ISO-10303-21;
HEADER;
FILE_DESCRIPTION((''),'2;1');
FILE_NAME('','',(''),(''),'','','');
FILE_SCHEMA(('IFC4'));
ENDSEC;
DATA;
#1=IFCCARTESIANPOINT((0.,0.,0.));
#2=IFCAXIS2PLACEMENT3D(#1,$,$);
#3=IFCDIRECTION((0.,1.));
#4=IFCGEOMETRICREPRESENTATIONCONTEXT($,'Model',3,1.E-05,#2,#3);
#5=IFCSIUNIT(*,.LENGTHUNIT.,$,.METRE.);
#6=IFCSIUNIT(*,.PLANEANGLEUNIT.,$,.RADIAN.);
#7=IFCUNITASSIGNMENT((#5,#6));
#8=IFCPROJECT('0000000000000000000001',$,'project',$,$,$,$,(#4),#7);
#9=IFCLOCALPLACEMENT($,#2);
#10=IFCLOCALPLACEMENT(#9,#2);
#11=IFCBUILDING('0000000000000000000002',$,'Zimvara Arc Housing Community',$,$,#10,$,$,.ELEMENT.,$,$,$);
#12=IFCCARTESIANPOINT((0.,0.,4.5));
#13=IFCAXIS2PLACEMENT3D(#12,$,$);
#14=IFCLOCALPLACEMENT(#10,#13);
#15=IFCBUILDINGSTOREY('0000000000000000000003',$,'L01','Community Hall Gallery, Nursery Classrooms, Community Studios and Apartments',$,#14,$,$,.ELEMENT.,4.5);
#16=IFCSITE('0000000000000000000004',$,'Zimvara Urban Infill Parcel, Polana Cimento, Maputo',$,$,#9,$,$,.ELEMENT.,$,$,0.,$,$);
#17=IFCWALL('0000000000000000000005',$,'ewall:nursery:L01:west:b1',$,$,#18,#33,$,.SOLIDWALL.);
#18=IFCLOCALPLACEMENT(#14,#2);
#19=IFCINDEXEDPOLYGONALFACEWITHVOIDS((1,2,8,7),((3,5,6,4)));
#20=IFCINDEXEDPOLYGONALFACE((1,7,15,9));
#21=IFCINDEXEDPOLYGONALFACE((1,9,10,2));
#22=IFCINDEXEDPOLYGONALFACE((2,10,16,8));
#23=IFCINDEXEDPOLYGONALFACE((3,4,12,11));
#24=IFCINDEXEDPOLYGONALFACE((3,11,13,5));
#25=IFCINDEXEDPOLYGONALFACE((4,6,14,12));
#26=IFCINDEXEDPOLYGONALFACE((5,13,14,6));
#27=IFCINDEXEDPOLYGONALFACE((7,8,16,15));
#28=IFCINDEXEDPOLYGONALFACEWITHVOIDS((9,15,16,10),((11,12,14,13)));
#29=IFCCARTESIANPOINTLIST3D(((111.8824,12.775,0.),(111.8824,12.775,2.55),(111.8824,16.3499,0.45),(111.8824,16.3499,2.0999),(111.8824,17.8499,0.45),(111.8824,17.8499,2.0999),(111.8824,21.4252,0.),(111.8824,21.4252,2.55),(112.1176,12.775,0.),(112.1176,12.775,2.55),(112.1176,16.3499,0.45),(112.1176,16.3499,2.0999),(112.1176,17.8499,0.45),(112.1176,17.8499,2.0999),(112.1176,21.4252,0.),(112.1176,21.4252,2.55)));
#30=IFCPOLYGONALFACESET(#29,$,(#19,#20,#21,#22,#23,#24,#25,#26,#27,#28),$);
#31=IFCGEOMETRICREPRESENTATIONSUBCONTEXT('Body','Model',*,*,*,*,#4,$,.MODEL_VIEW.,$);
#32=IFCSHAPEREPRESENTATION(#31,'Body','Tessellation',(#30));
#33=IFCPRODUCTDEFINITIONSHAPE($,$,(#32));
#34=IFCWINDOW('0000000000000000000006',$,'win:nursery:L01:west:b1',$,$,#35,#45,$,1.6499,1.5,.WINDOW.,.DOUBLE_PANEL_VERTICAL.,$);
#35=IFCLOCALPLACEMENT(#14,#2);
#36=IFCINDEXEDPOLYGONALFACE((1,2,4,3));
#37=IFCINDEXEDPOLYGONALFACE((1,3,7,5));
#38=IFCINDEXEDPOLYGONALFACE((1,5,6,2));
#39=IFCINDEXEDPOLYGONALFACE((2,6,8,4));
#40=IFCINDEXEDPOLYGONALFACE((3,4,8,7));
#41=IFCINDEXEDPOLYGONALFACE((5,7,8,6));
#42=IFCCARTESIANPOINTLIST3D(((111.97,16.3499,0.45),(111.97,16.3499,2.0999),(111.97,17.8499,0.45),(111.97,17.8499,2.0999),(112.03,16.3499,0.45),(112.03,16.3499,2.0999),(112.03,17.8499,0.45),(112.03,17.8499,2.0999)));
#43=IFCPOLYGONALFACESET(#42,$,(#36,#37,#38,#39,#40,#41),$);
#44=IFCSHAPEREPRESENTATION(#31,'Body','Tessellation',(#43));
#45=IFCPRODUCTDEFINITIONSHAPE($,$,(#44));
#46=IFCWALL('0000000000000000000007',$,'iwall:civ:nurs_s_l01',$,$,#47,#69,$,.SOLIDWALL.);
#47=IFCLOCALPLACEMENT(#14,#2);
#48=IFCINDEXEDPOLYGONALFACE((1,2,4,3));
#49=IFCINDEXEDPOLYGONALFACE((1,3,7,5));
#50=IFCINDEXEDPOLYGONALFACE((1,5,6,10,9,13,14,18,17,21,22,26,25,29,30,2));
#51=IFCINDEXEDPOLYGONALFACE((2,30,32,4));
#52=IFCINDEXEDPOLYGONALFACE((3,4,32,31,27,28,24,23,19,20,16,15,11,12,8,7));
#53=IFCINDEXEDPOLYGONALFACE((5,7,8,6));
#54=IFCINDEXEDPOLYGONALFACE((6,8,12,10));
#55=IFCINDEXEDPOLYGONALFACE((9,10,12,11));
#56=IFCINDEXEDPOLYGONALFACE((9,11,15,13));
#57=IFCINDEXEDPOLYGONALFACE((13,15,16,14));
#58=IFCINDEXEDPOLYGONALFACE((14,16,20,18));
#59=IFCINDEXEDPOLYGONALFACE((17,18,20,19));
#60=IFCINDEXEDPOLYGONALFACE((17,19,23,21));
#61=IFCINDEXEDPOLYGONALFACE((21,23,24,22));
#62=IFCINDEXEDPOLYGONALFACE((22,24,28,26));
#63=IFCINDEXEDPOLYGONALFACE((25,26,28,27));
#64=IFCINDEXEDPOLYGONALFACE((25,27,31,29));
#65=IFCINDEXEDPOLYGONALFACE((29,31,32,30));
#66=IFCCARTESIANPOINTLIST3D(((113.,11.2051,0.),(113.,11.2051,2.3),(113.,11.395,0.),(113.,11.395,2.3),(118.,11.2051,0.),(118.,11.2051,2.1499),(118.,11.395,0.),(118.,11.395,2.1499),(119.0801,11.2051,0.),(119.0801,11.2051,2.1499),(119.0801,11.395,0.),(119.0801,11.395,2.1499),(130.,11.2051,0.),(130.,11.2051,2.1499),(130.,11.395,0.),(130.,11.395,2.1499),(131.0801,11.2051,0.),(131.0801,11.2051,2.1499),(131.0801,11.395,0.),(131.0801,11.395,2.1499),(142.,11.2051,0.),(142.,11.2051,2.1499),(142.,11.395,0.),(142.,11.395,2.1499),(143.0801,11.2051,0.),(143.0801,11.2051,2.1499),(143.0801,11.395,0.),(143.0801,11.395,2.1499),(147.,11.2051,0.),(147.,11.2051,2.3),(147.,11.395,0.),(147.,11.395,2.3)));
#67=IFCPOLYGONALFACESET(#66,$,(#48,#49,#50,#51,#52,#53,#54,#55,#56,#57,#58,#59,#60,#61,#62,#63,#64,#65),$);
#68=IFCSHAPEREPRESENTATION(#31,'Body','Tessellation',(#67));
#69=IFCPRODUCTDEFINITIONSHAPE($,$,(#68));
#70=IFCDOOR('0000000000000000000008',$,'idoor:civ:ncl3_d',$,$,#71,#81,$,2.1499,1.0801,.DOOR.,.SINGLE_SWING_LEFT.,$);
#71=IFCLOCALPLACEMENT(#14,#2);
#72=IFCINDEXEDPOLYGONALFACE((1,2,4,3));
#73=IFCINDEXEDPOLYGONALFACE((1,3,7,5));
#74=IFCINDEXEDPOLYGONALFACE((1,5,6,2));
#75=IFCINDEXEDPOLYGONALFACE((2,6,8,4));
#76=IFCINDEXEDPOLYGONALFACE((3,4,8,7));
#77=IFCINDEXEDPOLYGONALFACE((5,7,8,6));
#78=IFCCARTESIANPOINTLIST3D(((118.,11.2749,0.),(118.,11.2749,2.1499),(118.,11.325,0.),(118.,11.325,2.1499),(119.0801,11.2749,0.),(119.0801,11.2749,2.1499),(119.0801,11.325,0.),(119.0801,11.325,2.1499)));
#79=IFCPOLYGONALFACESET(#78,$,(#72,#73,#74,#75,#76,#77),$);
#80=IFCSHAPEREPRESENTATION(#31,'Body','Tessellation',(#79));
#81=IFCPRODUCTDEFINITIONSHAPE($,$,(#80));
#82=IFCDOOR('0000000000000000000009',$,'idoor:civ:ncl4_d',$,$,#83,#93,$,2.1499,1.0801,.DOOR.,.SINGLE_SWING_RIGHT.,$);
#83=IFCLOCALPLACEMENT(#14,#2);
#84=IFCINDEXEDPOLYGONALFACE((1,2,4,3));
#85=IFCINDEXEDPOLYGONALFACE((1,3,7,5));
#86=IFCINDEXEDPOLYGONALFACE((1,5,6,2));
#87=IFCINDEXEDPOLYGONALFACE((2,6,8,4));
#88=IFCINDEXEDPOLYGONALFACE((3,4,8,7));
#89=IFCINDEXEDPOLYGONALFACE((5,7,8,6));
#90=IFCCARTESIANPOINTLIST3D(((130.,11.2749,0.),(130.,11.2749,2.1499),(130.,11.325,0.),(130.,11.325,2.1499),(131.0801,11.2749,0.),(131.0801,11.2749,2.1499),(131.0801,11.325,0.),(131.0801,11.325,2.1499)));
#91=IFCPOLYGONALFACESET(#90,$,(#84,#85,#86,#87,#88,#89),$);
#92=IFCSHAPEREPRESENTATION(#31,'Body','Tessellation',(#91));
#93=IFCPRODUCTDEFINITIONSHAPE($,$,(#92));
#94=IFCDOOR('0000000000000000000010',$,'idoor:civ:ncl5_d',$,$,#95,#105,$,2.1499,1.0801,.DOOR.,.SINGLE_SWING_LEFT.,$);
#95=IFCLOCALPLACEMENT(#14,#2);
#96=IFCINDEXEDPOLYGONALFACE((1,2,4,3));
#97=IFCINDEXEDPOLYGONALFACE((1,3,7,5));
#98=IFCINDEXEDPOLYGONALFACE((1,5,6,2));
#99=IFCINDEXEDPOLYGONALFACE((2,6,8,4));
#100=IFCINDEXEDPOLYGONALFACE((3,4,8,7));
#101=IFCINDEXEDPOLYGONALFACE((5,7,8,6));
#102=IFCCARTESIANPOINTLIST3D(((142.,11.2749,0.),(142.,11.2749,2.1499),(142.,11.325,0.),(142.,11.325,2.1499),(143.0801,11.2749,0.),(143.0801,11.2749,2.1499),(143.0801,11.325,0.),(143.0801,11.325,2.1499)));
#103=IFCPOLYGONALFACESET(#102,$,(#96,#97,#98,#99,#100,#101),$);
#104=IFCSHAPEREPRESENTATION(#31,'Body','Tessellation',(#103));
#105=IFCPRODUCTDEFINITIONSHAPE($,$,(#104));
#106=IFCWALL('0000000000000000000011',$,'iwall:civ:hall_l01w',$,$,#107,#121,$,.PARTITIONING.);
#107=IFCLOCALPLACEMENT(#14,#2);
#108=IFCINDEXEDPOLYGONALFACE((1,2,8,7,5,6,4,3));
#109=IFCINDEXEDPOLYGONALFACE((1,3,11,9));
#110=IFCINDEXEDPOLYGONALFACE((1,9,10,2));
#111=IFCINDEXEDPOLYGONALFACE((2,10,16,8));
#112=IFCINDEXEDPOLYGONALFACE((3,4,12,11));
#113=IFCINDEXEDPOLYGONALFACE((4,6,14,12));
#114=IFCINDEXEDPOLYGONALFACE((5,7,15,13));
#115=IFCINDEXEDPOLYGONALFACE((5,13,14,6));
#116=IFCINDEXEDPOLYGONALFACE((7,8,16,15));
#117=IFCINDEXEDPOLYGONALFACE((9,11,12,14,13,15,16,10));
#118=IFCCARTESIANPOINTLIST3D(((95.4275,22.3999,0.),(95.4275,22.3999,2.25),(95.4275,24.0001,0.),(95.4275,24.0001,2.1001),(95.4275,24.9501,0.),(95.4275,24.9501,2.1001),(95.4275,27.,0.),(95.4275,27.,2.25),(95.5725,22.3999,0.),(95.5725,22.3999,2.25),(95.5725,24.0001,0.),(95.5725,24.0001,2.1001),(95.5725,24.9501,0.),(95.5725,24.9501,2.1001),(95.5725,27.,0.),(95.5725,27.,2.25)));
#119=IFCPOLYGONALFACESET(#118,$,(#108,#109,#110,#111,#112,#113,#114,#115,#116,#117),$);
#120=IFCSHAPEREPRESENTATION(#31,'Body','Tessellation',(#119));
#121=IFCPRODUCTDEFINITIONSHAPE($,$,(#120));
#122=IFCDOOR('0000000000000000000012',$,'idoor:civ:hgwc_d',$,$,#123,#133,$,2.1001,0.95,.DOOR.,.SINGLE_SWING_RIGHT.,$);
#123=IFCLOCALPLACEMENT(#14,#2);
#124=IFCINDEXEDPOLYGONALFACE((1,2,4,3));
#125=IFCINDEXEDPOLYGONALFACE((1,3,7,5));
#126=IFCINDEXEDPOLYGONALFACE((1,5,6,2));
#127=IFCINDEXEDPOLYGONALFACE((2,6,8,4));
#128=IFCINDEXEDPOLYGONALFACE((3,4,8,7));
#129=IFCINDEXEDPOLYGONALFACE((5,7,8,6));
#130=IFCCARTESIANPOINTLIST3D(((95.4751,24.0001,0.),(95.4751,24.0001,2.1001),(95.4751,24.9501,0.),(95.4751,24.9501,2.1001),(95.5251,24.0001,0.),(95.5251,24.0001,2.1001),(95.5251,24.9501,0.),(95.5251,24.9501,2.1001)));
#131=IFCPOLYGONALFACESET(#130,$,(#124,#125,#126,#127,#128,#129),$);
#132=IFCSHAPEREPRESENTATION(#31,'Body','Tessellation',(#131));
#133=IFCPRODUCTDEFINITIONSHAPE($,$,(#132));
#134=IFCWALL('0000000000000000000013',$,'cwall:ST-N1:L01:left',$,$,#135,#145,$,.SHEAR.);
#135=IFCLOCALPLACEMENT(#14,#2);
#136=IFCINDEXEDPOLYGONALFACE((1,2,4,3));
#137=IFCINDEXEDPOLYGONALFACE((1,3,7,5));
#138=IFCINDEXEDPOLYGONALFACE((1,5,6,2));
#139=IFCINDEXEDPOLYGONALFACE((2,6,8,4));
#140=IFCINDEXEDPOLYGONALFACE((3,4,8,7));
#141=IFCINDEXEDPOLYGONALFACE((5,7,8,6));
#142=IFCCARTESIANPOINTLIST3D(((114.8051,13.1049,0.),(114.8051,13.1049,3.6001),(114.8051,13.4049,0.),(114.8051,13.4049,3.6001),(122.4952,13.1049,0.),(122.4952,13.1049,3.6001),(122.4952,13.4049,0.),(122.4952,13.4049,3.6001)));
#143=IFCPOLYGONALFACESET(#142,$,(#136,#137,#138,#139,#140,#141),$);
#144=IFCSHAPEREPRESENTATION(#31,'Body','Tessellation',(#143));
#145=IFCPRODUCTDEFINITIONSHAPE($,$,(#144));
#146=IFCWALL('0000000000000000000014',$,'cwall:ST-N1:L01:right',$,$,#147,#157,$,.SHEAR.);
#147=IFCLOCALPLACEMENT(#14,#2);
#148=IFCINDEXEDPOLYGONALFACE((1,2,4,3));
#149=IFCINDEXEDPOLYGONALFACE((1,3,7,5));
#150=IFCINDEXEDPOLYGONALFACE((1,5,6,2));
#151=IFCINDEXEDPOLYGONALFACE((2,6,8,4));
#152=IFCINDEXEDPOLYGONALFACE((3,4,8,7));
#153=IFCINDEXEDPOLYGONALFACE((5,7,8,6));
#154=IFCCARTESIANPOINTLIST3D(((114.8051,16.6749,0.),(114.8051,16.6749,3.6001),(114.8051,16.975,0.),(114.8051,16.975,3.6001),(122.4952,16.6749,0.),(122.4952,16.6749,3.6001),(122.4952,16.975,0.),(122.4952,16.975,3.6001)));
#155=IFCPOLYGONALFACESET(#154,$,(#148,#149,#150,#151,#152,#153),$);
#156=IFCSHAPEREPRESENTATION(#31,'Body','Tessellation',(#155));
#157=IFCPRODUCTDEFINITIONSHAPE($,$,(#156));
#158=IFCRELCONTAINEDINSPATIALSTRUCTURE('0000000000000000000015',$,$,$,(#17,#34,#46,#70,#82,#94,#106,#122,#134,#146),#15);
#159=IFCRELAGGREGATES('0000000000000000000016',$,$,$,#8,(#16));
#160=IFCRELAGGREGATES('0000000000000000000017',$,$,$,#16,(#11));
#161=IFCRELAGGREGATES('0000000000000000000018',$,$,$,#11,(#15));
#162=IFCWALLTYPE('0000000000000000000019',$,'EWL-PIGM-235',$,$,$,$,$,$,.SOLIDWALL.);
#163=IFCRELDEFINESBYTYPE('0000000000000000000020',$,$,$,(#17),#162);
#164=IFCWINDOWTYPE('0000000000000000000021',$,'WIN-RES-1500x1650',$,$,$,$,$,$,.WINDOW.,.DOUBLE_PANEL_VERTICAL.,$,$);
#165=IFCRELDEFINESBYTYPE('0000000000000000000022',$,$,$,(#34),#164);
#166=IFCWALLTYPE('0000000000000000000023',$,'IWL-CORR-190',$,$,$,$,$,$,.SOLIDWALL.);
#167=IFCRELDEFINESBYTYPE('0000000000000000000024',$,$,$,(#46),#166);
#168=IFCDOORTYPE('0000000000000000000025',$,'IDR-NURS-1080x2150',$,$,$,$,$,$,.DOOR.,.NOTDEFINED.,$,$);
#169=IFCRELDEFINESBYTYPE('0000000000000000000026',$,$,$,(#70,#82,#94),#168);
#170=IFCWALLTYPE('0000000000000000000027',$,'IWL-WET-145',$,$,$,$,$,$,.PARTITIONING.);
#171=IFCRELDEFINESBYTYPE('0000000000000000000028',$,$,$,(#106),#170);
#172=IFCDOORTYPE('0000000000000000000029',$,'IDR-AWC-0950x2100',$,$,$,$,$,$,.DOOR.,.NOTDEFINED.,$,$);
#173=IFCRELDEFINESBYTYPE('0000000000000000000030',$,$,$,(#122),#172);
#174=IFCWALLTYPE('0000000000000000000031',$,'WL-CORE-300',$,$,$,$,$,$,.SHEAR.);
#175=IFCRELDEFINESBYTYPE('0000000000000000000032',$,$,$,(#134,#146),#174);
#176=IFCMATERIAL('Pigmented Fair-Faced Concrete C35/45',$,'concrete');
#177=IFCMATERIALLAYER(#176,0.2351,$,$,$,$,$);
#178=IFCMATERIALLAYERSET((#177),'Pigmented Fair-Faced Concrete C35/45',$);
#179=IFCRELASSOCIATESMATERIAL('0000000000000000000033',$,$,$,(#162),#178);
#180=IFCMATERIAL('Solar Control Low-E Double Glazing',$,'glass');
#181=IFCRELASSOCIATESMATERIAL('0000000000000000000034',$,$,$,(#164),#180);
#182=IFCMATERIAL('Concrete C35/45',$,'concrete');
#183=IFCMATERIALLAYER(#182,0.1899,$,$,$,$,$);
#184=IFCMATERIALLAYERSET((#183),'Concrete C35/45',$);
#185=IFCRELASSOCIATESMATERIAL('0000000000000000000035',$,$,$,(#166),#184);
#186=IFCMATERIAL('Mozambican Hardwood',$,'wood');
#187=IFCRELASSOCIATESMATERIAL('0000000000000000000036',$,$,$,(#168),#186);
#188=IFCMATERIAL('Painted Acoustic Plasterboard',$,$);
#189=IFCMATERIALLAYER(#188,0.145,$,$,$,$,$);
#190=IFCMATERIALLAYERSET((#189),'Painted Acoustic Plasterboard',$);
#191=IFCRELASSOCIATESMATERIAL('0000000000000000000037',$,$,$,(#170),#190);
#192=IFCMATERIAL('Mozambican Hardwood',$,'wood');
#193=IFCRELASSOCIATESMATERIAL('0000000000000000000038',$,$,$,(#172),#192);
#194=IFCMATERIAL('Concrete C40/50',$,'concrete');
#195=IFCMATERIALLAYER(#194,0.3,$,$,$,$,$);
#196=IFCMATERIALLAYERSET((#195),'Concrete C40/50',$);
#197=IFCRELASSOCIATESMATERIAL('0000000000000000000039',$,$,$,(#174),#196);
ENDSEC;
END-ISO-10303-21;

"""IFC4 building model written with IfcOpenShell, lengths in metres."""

from ifc_helpers import new_model, si_unit, direction, frame, frame_2d, origin, place, context, subcontext, project, spatial, rectangle, extrude, material, layer, layer_set, type_object, element, fill, save


model = new_model("IFC4")

# Units and contexts
model_context = context("Model", 3, precision=1e-05, world=origin(), true_north=direction((0.0, 1.0)))
body_context = subcontext(model_context, "Body", "Model", "MODEL_VIEW")
ifc_project = project(units=[si_unit("LENGTHUNIT", "METRE"), si_unit("PLANEANGLEUNIT", "RADIAN")], contexts=[model_context])

# Site, building, storey
site_placement = place(None, origin())
site = spatial("IfcSite", under=ifc_project, at=site_placement, Name="Zimvara Urban Infill Parcel, Polana Cimento, Maputo", CompositionType="ELEMENT", RefElevation=0.0)
building_placement = place(site_placement, origin())
building = spatial("IfcBuilding", under=site, at=building_placement, Name="Zimvara Arc Housing Community", CompositionType="ELEMENT")
storey_placement = place(building_placement, frame((0.0, 0.0, 4.5)))
storey = spatial("IfcBuildingStorey", under=building, at=storey_placement, Name="L01", Description="Community Hall Gallery, Nursery Classrooms, Community Studios and Apartments", CompositionType="ELEMENT", Elevation=4.5)

# Wall, opening, window
ifc_material_1 = material(Name="Pigmented Fair-Faced Concrete C35/45", Category="concrete")
ifc_layer_1 = layer(ifc_material_1, 0.2351)
ifc_layer_set_1 = layer_set([ifc_layer_1], Name="Pigmented Fair-Faced Concrete C35/45")
wall_type_1 = type_object("IfcWallType", Name="EWL-PIGM-235", PredefinedType="SOLIDWALL", material=ifc_layer_set_1)
wall_1_placement = place(storey_placement, frame((112.0, 12.7749, 0.0), z_axis=(0.0, 0.0, 1.0), x_axis=(0.0, 1.0, 0.0)))
wall_1 = element("IfcWall", 1, at=wall_1_placement, inside=storey, type_object=wall_type_1, Name="ewall:nursery:L01:west:b1", PredefinedType="SOLIDWALL", context=body_context, shape_type="SweptSolid", body=[
    extrude(rectangle(XDim=8.6501, YDim=0.2351, at=frame_2d((4.3252, 0.0))), origin(), (0.0, 0.0, 1.0), 2.55),
])
opening_1_placement = place(wall_1_placement, frame((3.575, 0.0, 0.45)))
opening_1 = element("IfcOpeningElement", 2, at=opening_1_placement, cuts=wall_1, PredefinedType="OPENING", context=body_context, shape_type="SweptSolid", body=[
    extrude(rectangle(XDim=1.5, YDim=1.6499, at=frame_2d((0.75, 0.825))), frame((0.0, 0.1274, 0.0), z_axis=(0.0, -1.0, 0.0), x_axis=(1.0, 0.0, 0.0)), (0.0, 0.0, 1.0), 0.2551),
])
ifc_material_2 = material(Name="Solar Control Low-E Double Glazing", Category="glass")
window_type_1 = type_object("IfcWindowType", Name="WIN-RES-1500x1650", PartitioningType="DOUBLE_PANEL_VERTICAL", PredefinedType="WINDOW", material=ifc_material_2)
window_1_placement = place(opening_1_placement, origin())
window_1 = element("IfcWindow", 3, at=window_1_placement, inside=storey, type_object=window_type_1, Name="win:nursery:L01:west:b1", OverallHeight=1.6499, OverallWidth=1.5, PartitioningType="DOUBLE_PANEL_VERTICAL", PredefinedType="WINDOW", context=body_context, shape_type="SweptSolid", body=[
    extrude(rectangle(XDim=1.5, YDim=1.6499, at=frame_2d((0.75, 0.825))), frame((0.0, 0.03, 0.0), z_axis=(0.0, -1.0, 0.0), x_axis=(1.0, 0.0, 0.0)), (0.0, 0.0, 1.0), 0.0601),
])
fill(opening_1, window_1)

# Wall, openings, doors
ifc_material_3 = material(Name="Concrete C35/45", Category="concrete")
ifc_layer_2 = layer(ifc_material_3, 0.1899)
ifc_layer_set_2 = layer_set([ifc_layer_2], Name="Concrete C35/45")
wall_type_2 = type_object("IfcWallType", Name="IWL-CORR-190", PredefinedType="SOLIDWALL", material=ifc_layer_set_2)
wall_2_placement = place(storey_placement, frame((113.0, 11.3, 0.0), z_axis=(0.0, 0.0, 1.0), x_axis=(1.0, 0.0, 0.0)))
wall_2 = element("IfcWall", 4, at=wall_2_placement, inside=storey, type_object=wall_type_2, Name="iwall:civ:nurs_s_l01", PredefinedType="SOLIDWALL", context=body_context, shape_type="SweptSolid", body=[
    extrude(rectangle(XDim=34.0, YDim=0.1899, at=frame_2d((17.0, 0.0))), origin(), (0.0, 0.0, 1.0), 2.3),
])
opening_2_placement = place(wall_2_placement, frame((5.0, 0.0, 0.0)))
opening_2 = element("IfcOpeningElement", 5, at=opening_2_placement, cuts=wall_2, PredefinedType="OPENING", context=body_context, shape_type="SweptSolid", body=[
    extrude(rectangle(XDim=1.0801, YDim=2.1499, at=frame_2d((0.54, 1.075))), frame((0.0, 0.105, 0.0), z_axis=(0.0, -1.0, 0.0), x_axis=(1.0, 0.0, 0.0)), (0.0, 0.0, 1.0), 0.21),
])
opening_3_placement = place(wall_2_placement, frame((17.0, 0.0, 0.0)))
opening_3 = element("IfcOpeningElement", 6, at=opening_3_placement, cuts=wall_2, PredefinedType="OPENING", context=body_context, shape_type="SweptSolid", body=[
    extrude(rectangle(XDim=1.0801, YDim=2.1499, at=frame_2d((0.54, 1.075))), frame((0.0, 0.105, 0.0), z_axis=(0.0, -1.0, 0.0), x_axis=(1.0, 0.0, 0.0)), (0.0, 0.0, 1.0), 0.21),
])
opening_4_placement = place(wall_2_placement, frame((29.0, 0.0, 0.0)))
opening_4 = element("IfcOpeningElement", 7, at=opening_4_placement, cuts=wall_2, PredefinedType="OPENING", context=body_context, shape_type="SweptSolid", body=[
    extrude(rectangle(XDim=1.0801, YDim=2.1499, at=frame_2d((0.54, 1.075))), frame((0.0, 0.105, 0.0), z_axis=(0.0, -1.0, 0.0), x_axis=(1.0, 0.0, 0.0)), (0.0, 0.0, 1.0), 0.21),
])
ifc_material_4 = material(Name="Mozambican Hardwood", Category="wood")
door_type_1 = type_object("IfcDoorType", Name="IDR-NURS-1080x2150", OperationType="NOTDEFINED", PredefinedType="DOOR", material=ifc_material_4)
door_1_placement = place(opening_2_placement, origin())
door_1 = element("IfcDoor", 8, at=door_1_placement, inside=storey, type_object=door_type_1, Name="idoor:civ:ncl3_d", OperationType="SINGLE_SWING_LEFT", OverallHeight=2.1499, OverallWidth=1.0801, PredefinedType="DOOR", context=body_context, shape_type="SweptSolid", body=[
    extrude(rectangle(XDim=1.0801, YDim=2.1499, at=frame_2d((0.54, 1.075))), frame((0.0, 0.0249, 0.0), z_axis=(0.0, -1.0, 0.0), x_axis=(1.0, 0.0, 0.0)), (0.0, 0.0, 1.0), 0.05),
])
fill(opening_2, door_1)
door_2_placement = place(opening_3_placement, origin())
door_2 = element("IfcDoor", 9, at=door_2_placement, inside=storey, type_object=door_type_1, Name="idoor:civ:ncl4_d", OperationType="SINGLE_SWING_RIGHT", OverallHeight=2.1499, OverallWidth=1.0801, PredefinedType="DOOR", context=body_context, shape_type="SweptSolid", body=[
    extrude(rectangle(XDim=1.0801, YDim=2.1499, at=frame_2d((0.54, 1.075))), frame((0.0, 0.0249, 0.0), z_axis=(0.0, -1.0, 0.0), x_axis=(1.0, 0.0, 0.0)), (0.0, 0.0, 1.0), 0.05),
])
fill(opening_3, door_2)
door_3_placement = place(opening_4_placement, origin())
door_3 = element("IfcDoor", 10, at=door_3_placement, inside=storey, type_object=door_type_1, Name="idoor:civ:ncl5_d", OperationType="SINGLE_SWING_LEFT", OverallHeight=2.1499, OverallWidth=1.0801, PredefinedType="DOOR", context=body_context, shape_type="SweptSolid", body=[
    extrude(rectangle(XDim=1.0801, YDim=2.1499, at=frame_2d((0.54, 1.075))), frame((0.0, 0.0249, 0.0), z_axis=(0.0, -1.0, 0.0), x_axis=(1.0, 0.0, 0.0)), (0.0, 0.0, 1.0), 0.05),
])
fill(opening_4, door_3)

# Wall, opening, door
ifc_material_5 = material(Name="Painted Acoustic Plasterboard")
ifc_layer_3 = layer(ifc_material_5, 0.145)
ifc_layer_set_3 = layer_set([ifc_layer_3], Name="Painted Acoustic Plasterboard")
wall_type_3 = type_object("IfcWallType", Name="IWL-WET-145", PredefinedType="PARTITIONING", material=ifc_layer_set_3)
wall_3_placement = place(storey_placement, frame((95.5, 22.3999, 0.0), z_axis=(0.0, 0.0, 1.0), x_axis=(0.0, 1.0, 0.0)))
wall_3 = element("IfcWall", 11, at=wall_3_placement, inside=storey, type_object=wall_type_3, Name="iwall:civ:hall_l01w", PredefinedType="PARTITIONING", context=body_context, shape_type="SweptSolid", body=[
    extrude(rectangle(XDim=4.6001, YDim=0.145, at=frame_2d((2.3, 0.0))), origin(), (0.0, 0.0, 1.0), 2.25),
])
opening_5_placement = place(wall_3_placement, frame((1.6001, 0.0, 0.0)))
opening_5 = element("IfcOpeningElement", 12, at=opening_5_placement, cuts=wall_3, PredefinedType="OPENING", context=body_context, shape_type="SweptSolid", body=[
    extrude(rectangle(XDim=0.95, YDim=2.1001, at=frame_2d((0.4751, 1.05))), frame((0.0, 0.0825, 0.0), z_axis=(0.0, -1.0, 0.0), x_axis=(1.0, 0.0, 0.0)), (0.0, 0.0, 1.0), 0.165),
])
ifc_material_6 = material(Name="Mozambican Hardwood", Category="wood")
door_type_2 = type_object("IfcDoorType", Name="IDR-AWC-0950x2100", OperationType="NOTDEFINED", PredefinedType="DOOR", material=ifc_material_6)
door_4_placement = place(opening_5_placement, origin())
door_4 = element("IfcDoor", 13, at=door_4_placement, inside=storey, type_object=door_type_2, Name="idoor:civ:hgwc_d", OperationType="SINGLE_SWING_RIGHT", OverallHeight=2.1001, OverallWidth=0.95, PredefinedType="DOOR", context=body_context, shape_type="SweptSolid", body=[
    extrude(rectangle(XDim=0.95, YDim=2.1001, at=frame_2d((0.4751, 1.05))), frame((0.0, 0.0249, 0.0), z_axis=(0.0, -1.0, 0.0), x_axis=(1.0, 0.0, 0.0)), (0.0, 0.0, 1.0), 0.05),
])
fill(opening_5, door_4)
ifc_material_7 = material(Name="Concrete C40/50", Category="concrete")
ifc_layer_4 = layer(ifc_material_7, 0.3)
ifc_layer_set_4 = layer_set([ifc_layer_4], Name="Concrete C40/50")
wall_type_4 = type_object("IfcWallType", Name="WL-CORE-300", PredefinedType="SHEAR", material=ifc_layer_set_4)

# Walls
for number, where, z_axis, x_axis, name in (
    (14, (114.8049, 13.2549, 0.0), (0.0, 0.0, 1.0), (1.0, 0.0, 0.0), "cwall:ST-N1:L01:left"),
    (15, (114.8049, 16.825, 0.0), (0.0, 0.0, 1.0), (1.0, 0.0, 0.0), "cwall:ST-N1:L01:right"),
):
    element("IfcWall", number, at=place(storey_placement, frame(where, z_axis=z_axis, x_axis=x_axis)), inside=storey, type_object=wall_type_4, Name=name, PredefinedType="SHEAR", context=body_context, shape_type="SweptSolid", body=[
        extrude(rectangle(XDim=7.6902, YDim=0.3, at=frame_2d((3.8452, 0.0))), origin(), (0.0, 0.0, 1.0), 3.6001),
    ])

save(model, "model.ifc")
